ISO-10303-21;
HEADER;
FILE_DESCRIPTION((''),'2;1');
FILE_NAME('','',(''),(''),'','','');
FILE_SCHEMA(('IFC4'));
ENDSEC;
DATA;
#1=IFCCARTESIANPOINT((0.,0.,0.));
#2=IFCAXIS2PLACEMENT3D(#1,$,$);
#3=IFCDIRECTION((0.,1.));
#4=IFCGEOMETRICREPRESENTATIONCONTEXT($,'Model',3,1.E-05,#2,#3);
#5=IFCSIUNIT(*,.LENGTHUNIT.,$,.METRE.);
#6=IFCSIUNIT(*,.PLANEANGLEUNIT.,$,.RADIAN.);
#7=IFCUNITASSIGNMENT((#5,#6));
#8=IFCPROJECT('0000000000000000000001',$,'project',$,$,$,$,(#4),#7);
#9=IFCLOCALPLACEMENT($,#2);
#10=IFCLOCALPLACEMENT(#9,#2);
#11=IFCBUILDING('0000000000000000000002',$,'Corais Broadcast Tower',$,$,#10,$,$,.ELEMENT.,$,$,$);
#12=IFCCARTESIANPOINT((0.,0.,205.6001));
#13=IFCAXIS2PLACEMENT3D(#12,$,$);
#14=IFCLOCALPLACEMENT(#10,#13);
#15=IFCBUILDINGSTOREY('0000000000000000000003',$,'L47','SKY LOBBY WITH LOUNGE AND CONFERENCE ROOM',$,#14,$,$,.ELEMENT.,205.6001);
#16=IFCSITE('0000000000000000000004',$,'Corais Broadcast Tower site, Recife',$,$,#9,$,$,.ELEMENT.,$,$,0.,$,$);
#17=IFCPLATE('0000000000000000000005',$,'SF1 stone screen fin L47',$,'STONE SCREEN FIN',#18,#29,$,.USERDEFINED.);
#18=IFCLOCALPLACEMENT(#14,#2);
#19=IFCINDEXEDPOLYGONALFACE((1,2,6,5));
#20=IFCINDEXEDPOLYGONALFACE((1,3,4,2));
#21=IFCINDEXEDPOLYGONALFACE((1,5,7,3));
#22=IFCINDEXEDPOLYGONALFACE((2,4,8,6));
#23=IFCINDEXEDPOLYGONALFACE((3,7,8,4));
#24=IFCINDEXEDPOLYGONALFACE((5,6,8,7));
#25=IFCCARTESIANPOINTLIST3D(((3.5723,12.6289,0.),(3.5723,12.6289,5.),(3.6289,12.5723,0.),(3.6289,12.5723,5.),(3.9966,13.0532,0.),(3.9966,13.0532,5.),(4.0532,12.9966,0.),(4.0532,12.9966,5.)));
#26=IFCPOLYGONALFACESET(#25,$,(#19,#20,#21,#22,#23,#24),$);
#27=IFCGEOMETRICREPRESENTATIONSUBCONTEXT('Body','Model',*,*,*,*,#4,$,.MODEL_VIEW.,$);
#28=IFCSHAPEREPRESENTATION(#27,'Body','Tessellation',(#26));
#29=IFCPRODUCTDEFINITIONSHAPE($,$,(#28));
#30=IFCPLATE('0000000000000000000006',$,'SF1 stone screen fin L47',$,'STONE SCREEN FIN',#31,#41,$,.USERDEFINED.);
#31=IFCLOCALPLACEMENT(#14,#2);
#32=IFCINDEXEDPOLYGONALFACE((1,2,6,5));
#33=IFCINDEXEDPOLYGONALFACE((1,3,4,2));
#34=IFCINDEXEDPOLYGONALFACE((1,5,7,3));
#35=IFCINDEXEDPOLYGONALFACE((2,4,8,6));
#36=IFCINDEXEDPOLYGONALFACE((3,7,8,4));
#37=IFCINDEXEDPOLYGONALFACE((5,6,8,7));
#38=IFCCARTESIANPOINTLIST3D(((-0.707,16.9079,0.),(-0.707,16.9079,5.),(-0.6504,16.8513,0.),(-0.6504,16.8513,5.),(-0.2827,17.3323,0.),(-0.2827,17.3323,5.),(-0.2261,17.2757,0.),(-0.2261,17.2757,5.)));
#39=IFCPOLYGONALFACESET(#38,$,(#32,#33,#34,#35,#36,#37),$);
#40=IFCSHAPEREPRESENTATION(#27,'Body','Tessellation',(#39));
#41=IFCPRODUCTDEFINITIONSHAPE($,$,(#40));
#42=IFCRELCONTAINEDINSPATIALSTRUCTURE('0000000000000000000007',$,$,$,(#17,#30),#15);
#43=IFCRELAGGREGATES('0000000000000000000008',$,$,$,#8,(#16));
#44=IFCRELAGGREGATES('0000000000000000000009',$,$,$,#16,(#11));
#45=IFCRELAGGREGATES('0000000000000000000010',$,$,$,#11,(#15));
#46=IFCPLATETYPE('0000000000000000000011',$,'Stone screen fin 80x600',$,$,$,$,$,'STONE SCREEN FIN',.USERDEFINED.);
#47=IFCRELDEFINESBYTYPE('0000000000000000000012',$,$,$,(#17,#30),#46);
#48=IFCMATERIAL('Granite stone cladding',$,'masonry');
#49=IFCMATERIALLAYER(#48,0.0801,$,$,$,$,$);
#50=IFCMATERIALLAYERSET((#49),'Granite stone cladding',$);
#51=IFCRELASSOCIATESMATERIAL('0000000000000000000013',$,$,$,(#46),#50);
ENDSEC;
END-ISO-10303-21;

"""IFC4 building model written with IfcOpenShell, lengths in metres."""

from ifc_helpers import new_model, si_unit, direction, frame, origin, origin_2d, place, context, subcontext, project, spatial, rectangle, extrude, material, layer, layer_set, type_object, element, save


model = new_model("IFC4")

# Units and contexts
model_context = context("Model", 3, precision=1e-05, world=origin(), true_north=direction((0.0, 1.0)))
body_context = subcontext(model_context, "Body", "Model", "MODEL_VIEW")
ifc_project = project(units=[si_unit("LENGTHUNIT", "METRE"), si_unit("PLANEANGLEUNIT", "RADIAN")], contexts=[model_context])

# Site, building, storey
site_placement = place(None, origin())
site = spatial("IfcSite", under=ifc_project, at=site_placement, Name="Corais Broadcast Tower site, Recife", CompositionType="ELEMENT", RefElevation=0.0)
building_placement = place(site_placement, origin())
building = spatial("IfcBuilding", under=site, at=building_placement, Name="Corais Broadcast Tower", CompositionType="ELEMENT")
storey_placement = place(building_placement, frame((0.0, 0.0, 205.6001)))
storey = spatial("IfcBuildingStorey", under=building, at=storey_placement, Name="L47", Description="SKY LOBBY WITH LOUNGE AND CONFERENCE ROOM", CompositionType="ELEMENT", Elevation=205.6001)

# Plates
ifc_material_1 = material(Name="Granite stone cladding", Category="masonry")
ifc_layer_1 = layer(ifc_material_1, 0.0801)
ifc_layer_set_1 = layer_set([ifc_layer_1], Name="Granite stone cladding")
plate_type_1 = type_object("IfcPlateType", Name="Stone screen fin 80x600", ElementType="STONE SCREEN FIN", PredefinedType="USERDEFINED", material=ifc_layer_set_1)
for number, where, z_axis, x_axis, name in (
    (1, (3.8127, 12.8127, 0.0), (0.0, 0.0, 1.0), (-0.707107, 0.707107, 0.0), "SF1 stone screen fin L47"),
    (2, (-0.4666, 17.0918, 0.0), (0.0, 0.0, 1.0), (-0.707107, 0.707107, 0.0), "SF1 stone screen fin L47"),
):
    element("IfcPlate", number, at=place(storey_placement, frame(where, z_axis=z_axis, x_axis=x_axis)), inside=storey, type_object=plate_type_1, Name=name, ObjectType="STONE SCREEN FIN", PredefinedType="USERDEFINED", context=body_context, shape_type="SweptSolid", body=[
        extrude(rectangle(XDim=0.0801, YDim=0.6001, at=origin_2d()), origin(), (0.0, 0.0, 1.0), 5.0),
    ])

save(model, "model.ifc")
